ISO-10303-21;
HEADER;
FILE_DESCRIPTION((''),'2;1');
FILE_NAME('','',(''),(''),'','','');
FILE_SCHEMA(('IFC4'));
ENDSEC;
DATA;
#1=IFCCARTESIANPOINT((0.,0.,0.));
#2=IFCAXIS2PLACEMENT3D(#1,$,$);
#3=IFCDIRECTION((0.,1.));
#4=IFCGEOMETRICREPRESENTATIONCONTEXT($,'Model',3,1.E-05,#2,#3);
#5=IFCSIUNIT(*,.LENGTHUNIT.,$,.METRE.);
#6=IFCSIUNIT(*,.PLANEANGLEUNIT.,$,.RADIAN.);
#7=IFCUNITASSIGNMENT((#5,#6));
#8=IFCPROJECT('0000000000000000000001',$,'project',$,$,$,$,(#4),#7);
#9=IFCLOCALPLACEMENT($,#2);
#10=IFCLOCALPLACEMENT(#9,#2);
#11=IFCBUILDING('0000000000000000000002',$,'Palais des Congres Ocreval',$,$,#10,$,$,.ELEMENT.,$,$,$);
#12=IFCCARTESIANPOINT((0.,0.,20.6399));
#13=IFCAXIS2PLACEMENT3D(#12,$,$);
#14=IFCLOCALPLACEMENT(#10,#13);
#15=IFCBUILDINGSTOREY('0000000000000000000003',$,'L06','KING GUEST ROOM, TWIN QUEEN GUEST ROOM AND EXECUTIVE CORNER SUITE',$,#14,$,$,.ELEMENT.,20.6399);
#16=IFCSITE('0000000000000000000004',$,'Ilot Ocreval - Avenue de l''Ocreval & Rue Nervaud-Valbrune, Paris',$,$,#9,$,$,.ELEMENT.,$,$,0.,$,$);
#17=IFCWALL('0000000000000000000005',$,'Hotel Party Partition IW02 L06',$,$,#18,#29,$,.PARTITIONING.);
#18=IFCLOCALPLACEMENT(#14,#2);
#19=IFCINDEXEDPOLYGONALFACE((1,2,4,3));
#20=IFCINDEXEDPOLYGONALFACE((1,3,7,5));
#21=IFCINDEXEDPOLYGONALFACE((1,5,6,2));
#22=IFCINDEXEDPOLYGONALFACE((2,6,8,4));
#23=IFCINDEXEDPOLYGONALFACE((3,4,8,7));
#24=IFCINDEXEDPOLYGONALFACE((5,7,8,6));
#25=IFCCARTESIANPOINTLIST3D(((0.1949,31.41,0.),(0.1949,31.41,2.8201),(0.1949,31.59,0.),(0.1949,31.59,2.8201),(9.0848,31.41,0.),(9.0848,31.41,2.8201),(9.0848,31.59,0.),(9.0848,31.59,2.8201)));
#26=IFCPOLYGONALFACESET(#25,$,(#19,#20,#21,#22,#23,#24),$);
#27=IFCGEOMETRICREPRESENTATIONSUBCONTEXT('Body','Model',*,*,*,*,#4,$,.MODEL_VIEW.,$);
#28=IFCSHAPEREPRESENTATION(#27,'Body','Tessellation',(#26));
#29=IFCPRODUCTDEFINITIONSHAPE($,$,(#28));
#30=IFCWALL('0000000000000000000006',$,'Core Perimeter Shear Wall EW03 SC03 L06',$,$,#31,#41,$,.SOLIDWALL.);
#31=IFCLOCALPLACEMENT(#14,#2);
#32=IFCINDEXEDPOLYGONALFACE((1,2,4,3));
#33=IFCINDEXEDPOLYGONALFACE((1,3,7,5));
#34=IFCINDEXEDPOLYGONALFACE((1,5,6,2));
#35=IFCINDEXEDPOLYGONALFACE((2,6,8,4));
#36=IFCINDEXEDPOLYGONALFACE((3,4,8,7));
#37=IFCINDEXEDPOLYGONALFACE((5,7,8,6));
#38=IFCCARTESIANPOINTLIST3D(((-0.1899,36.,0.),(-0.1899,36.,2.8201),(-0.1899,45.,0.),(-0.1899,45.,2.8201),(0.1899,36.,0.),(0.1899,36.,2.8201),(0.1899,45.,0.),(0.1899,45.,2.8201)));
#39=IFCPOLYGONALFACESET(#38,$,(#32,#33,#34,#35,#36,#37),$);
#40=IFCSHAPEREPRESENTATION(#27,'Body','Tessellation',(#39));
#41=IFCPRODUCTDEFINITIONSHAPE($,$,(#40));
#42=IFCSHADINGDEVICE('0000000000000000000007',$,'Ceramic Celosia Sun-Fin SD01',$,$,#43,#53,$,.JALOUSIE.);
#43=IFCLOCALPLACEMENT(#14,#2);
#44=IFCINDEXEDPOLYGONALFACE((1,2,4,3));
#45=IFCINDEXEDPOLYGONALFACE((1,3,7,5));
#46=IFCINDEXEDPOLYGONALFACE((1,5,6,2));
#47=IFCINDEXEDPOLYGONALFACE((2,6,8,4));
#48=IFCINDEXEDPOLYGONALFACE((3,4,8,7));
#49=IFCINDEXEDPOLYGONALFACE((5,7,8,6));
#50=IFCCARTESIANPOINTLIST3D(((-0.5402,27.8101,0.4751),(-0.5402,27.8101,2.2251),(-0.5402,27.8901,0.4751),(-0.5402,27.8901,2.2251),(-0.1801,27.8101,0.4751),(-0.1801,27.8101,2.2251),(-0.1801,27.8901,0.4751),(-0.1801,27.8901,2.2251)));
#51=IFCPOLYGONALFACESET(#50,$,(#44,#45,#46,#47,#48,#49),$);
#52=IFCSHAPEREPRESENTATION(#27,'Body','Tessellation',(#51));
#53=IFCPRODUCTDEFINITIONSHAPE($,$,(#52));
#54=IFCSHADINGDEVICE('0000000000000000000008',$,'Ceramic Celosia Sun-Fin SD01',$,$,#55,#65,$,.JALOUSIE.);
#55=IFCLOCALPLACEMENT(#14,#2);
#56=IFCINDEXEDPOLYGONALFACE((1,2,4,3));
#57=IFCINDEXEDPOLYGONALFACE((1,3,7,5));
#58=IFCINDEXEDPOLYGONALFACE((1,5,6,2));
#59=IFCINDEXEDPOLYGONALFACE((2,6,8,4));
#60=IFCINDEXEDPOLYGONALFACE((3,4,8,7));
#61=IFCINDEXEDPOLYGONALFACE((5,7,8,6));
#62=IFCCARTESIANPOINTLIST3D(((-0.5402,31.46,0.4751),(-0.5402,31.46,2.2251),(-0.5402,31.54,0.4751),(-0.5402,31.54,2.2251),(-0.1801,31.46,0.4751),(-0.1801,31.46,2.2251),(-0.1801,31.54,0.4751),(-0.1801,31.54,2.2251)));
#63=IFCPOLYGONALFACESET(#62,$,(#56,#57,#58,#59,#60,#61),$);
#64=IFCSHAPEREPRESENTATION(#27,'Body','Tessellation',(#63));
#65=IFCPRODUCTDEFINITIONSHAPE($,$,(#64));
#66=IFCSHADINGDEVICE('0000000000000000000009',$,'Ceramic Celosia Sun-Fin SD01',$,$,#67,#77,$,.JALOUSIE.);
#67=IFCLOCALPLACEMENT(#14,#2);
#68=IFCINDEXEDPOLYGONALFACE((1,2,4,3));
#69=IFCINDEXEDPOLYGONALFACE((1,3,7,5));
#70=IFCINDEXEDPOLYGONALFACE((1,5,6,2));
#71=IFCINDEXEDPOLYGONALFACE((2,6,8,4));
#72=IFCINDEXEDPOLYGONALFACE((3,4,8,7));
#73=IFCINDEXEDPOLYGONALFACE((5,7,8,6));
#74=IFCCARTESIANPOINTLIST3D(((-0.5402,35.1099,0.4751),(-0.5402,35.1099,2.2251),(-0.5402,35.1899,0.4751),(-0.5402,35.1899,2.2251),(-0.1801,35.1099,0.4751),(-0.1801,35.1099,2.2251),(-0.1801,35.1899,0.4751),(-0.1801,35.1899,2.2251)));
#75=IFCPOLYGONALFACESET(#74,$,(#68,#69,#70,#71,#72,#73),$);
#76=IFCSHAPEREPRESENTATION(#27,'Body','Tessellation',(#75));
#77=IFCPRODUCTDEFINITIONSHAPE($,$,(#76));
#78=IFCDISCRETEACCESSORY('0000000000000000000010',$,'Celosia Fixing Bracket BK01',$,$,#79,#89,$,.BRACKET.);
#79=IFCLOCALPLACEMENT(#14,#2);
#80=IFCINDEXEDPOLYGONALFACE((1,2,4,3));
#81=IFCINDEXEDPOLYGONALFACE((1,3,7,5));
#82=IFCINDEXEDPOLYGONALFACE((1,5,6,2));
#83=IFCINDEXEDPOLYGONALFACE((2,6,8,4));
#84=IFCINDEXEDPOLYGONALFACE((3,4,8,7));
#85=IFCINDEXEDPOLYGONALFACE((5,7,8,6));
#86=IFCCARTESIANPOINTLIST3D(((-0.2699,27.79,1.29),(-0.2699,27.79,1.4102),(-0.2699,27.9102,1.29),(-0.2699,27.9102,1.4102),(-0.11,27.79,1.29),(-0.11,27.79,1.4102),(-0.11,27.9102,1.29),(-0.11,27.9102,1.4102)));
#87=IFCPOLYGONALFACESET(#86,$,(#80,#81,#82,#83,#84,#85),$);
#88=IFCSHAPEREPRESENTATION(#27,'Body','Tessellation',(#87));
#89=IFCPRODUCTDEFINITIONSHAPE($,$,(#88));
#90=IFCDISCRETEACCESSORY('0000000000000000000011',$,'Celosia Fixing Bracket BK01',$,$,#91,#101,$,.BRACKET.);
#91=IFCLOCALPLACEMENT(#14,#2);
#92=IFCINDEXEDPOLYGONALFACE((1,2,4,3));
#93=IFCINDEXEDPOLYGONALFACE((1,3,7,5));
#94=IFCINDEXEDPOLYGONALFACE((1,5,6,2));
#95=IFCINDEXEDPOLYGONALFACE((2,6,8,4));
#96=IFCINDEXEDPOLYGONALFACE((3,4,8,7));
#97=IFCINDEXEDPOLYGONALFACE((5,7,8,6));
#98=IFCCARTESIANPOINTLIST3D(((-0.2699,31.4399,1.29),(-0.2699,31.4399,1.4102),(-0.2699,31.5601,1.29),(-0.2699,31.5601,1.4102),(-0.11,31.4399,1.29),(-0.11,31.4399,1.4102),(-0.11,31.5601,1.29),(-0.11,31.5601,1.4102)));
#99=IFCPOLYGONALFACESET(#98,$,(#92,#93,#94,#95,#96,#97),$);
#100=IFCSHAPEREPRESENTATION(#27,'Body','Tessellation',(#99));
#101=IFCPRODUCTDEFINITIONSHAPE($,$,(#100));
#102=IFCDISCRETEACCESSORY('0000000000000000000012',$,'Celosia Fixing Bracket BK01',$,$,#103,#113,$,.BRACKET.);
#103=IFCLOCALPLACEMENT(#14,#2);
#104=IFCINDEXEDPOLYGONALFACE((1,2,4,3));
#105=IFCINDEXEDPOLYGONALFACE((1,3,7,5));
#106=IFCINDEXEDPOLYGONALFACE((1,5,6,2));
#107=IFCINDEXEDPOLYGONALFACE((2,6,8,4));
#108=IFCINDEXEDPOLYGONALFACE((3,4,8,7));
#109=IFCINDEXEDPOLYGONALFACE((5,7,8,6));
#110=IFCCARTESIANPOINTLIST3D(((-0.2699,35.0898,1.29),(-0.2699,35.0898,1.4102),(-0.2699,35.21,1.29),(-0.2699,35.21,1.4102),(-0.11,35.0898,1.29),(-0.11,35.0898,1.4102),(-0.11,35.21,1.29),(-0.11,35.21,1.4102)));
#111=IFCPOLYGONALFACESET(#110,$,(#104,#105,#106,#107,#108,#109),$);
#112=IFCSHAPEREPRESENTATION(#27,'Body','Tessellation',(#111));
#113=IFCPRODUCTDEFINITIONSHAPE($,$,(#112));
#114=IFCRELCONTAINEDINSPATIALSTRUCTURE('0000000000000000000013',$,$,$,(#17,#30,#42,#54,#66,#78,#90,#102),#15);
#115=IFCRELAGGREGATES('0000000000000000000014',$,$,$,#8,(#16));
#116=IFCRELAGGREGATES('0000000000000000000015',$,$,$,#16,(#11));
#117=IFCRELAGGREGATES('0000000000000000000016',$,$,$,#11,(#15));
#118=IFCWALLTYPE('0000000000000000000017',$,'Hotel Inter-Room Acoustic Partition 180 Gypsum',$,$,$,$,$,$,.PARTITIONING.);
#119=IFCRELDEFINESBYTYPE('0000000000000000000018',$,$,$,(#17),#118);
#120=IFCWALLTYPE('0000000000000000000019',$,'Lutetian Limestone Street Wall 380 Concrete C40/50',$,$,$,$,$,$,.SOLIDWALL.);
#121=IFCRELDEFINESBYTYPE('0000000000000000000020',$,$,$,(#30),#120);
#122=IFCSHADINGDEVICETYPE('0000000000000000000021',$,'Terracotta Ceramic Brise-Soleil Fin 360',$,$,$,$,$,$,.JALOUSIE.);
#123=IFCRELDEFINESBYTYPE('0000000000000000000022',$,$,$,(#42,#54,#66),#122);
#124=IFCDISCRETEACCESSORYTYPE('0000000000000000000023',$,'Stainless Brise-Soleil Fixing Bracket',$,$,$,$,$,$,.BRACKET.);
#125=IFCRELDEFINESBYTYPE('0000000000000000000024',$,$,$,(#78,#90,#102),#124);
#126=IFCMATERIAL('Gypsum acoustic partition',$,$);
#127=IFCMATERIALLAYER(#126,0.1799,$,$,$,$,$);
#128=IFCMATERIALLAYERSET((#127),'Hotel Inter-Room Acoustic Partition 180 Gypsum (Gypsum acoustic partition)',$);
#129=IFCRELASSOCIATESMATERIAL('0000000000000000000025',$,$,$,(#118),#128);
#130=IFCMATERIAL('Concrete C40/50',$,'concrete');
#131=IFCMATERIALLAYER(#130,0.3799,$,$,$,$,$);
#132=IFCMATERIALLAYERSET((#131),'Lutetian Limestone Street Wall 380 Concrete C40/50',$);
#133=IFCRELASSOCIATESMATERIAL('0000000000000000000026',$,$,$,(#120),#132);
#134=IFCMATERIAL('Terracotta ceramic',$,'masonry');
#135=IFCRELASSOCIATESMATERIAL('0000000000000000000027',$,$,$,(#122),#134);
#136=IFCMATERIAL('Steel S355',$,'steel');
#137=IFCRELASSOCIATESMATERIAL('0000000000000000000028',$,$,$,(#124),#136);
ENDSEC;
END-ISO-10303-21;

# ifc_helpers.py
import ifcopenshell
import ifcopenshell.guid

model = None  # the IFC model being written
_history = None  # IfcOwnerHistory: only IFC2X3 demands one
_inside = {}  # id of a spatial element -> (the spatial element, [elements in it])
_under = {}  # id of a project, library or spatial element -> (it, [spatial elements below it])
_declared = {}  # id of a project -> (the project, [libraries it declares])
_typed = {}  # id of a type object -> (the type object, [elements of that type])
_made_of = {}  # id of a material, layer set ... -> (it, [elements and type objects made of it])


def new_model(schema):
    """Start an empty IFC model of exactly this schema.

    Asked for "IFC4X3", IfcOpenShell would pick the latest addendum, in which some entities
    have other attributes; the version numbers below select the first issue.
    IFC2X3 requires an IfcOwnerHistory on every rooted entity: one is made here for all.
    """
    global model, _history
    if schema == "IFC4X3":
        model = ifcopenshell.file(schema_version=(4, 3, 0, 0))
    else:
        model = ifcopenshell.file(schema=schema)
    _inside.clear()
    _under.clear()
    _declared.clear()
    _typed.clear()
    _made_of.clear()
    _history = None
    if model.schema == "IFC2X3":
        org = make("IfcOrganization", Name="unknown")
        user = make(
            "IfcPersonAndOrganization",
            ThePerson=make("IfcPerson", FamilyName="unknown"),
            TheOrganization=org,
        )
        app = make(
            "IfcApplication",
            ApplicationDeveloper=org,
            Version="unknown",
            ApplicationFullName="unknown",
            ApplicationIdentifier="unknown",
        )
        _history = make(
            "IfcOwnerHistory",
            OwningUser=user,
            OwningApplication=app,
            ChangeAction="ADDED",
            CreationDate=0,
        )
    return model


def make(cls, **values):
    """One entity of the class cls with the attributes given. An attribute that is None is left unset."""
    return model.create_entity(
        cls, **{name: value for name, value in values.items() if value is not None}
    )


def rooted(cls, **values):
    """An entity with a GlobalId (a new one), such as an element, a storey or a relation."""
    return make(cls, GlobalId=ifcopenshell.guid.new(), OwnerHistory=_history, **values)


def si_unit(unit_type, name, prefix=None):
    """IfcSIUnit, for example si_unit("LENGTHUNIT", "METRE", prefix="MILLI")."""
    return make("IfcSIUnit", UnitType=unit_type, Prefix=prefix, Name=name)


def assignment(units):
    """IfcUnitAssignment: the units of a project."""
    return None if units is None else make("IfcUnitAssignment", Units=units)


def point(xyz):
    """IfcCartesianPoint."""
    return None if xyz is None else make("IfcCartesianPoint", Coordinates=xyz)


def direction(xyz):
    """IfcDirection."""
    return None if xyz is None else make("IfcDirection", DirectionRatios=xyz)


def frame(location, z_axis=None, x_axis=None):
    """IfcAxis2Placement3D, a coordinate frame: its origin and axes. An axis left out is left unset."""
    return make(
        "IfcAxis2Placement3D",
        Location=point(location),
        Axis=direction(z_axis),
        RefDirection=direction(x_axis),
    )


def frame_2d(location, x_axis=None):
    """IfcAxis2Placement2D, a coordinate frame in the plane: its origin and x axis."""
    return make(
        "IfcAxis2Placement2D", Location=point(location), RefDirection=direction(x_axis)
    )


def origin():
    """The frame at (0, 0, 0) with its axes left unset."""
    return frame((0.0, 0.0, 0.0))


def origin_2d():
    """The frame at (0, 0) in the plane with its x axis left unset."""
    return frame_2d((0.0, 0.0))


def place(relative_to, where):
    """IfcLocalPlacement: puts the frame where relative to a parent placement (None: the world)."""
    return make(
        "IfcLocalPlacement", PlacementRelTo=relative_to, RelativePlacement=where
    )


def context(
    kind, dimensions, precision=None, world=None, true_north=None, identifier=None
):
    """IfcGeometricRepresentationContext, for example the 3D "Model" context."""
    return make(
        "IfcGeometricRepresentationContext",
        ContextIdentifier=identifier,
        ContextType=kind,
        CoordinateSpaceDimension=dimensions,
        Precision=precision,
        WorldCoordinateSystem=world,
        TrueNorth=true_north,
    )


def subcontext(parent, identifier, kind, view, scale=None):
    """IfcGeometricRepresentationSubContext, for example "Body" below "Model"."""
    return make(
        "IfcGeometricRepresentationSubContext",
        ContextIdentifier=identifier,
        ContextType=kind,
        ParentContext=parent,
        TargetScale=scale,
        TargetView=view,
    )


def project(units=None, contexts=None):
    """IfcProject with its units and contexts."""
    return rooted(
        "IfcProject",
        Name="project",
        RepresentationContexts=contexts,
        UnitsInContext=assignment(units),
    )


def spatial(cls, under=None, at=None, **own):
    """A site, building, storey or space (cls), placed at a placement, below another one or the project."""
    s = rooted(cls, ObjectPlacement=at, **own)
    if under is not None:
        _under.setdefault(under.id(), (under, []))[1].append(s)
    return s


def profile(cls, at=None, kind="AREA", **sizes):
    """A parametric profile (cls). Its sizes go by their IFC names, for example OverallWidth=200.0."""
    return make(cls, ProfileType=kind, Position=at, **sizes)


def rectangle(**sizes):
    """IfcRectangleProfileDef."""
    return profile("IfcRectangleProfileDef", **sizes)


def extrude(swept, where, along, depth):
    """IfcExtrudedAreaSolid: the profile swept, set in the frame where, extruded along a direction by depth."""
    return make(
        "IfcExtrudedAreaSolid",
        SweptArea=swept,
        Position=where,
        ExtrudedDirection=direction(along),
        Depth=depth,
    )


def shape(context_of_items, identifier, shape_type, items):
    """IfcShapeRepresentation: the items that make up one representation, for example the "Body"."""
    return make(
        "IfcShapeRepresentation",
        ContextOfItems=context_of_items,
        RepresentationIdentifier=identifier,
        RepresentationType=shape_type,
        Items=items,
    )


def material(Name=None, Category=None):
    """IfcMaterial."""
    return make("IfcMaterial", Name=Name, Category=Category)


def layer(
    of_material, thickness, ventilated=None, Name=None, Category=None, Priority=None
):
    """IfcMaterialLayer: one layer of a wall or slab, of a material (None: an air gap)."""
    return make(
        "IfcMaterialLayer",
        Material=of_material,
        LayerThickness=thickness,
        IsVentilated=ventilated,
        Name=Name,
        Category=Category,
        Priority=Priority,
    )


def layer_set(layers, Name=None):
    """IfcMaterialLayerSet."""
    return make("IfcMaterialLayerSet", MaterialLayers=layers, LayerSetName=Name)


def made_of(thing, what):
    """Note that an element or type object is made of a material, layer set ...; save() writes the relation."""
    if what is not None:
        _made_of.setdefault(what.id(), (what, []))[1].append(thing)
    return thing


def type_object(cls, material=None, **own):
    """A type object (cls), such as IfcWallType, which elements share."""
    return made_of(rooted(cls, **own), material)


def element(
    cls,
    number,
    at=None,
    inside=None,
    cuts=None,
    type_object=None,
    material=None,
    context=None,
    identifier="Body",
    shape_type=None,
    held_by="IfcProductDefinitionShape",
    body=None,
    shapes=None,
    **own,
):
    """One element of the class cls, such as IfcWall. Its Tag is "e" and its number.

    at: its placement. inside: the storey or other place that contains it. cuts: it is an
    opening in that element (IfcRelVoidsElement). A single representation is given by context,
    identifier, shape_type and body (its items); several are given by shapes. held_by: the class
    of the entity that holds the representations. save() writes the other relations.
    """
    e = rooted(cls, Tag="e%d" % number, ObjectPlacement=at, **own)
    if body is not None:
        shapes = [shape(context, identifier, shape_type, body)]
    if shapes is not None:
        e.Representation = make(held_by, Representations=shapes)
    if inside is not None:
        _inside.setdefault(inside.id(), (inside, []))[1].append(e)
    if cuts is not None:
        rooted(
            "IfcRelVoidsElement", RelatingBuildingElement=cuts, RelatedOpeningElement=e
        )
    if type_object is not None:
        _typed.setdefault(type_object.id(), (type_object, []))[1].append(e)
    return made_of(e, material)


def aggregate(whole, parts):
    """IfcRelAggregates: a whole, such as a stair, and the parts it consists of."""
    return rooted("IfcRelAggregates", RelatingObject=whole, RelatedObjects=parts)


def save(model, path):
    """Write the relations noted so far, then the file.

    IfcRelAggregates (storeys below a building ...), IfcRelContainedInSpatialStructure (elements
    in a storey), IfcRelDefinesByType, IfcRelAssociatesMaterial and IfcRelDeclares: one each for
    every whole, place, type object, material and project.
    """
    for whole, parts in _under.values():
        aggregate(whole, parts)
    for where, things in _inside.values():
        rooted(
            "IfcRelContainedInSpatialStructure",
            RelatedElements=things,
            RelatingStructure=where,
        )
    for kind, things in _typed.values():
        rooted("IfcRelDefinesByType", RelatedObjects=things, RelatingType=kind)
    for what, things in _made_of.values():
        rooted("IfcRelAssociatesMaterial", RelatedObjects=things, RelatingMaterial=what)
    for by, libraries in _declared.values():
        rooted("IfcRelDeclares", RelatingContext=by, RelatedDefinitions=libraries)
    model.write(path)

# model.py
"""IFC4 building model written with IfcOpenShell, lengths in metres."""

from ifc_helpers import new_model, si_unit, direction, frame, frame_2d, origin, origin_2d, place, context, subcontext, project, spatial, rectangle, extrude, material, layer, layer_set, type_object, element, save


model = new_model("IFC4")

# Units and contexts
model_context = context("Model", 3, precision=1e-05, world=origin(), true_north=direction((0.0, 1.0)))
body_context = subcontext(model_context, "Body", "Model", "MODEL_VIEW")
ifc_project = project(units=[si_unit("LENGTHUNIT", "METRE"), si_unit("PLANEANGLEUNIT", "RADIAN")], contexts=[model_context])

# Site, building, storey
site_placement = place(None, origin())
site = spatial("IfcSite", under=ifc_project, at=site_placement, Name="Ilot Ocreval - Avenue de l'Ocreval & Rue Nervaud-Valbrune, Paris", CompositionType="ELEMENT", RefElevation=0.0)
building_placement = place(site_placement, origin())
building = spatial("IfcBuilding", under=site, at=building_placement, Name="Palais des Congres Ocreval", CompositionType="ELEMENT")
storey_placement = place(building_placement, frame((0.0, 0.0, 20.6399)))
storey = spatial("IfcBuildingStorey", under=building, at=storey_placement, Name="L06", Description="KING GUEST ROOM, TWIN QUEEN GUEST ROOM AND EXECUTIVE CORNER SUITE", CompositionType="ELEMENT", Elevation=20.6399)

# Shared definitions
ifc_material_1 = material(Name="Steel S355", Category="steel")
ifc_material_2 = material(Name="Concrete C40/50", Category="concrete")

# Walls
ifc_material_3 = material(Name="Gypsum acoustic partition")
ifc_layer_1 = layer(ifc_material_3, 0.1799)
ifc_layer_set_1 = layer_set([ifc_layer_1], Name="Hotel Inter-Room Acoustic Partition 180 Gypsum (Gypsum acoustic partition)")
wall_type_1 = type_object("IfcWallType", Name="Hotel Inter-Room Acoustic Partition 180 Gypsum", PredefinedType="PARTITIONING", material=ifc_layer_set_1)
wall_1_placement = place(storey_placement, frame((0.1951, 31.5, 0.0), z_axis=(0.0, 0.0, 1.0), x_axis=(1.0, 0.0, 0.0)))
element("IfcWall", 1, at=wall_1_placement, inside=storey, type_object=wall_type_1, Name="Hotel Party Partition IW02 L06", PredefinedType="PARTITIONING", context=body_context, shape_type="SweptSolid", body=[
    extrude(rectangle(XDim=8.8899, YDim=0.1799, at=frame_2d((4.4448, 0.0))), origin(), (0.0, 0.0, 1.0), 2.8201),
])
ifc_layer_2 = layer(ifc_material_2, 0.3799)
ifc_layer_set_2 = layer_set([ifc_layer_2], Name="Lutetian Limestone Street Wall 380 Concrete C40/50")
wall_type_2 = type_object("IfcWallType", Name="Lutetian Limestone Street Wall 380 Concrete C40/50", PredefinedType="SOLIDWALL", material=ifc_layer_set_2)
wall_2_placement = place(storey_placement, frame((0.0, 36.0, 0.0), z_axis=(0.0, 0.0, 1.0), x_axis=(0.0, 1.0, 0.0)))
element("IfcWall", 2, at=wall_2_placement, inside=storey, type_object=wall_type_2, Name="Core Perimeter Shear Wall EW03 SC03 L06", PredefinedType="SOLIDWALL", context=body_context, shape_type="SweptSolid", body=[
    extrude(rectangle(XDim=9.0, YDim=0.3799, at=frame_2d((4.5, 0.0))), origin(), (0.0, 0.0, 1.0), 2.8201),
])

# Shading devices
ifc_material_4 = material(Name="Terracotta ceramic", Category="masonry")
shading_device_type = type_object("IfcShadingDeviceType", Name="Terracotta Ceramic Brise-Soleil Fin 360", PredefinedType="JALOUSIE", material=ifc_material_4)
for number, where, z_axis, x_axis, name in (
    (3, (-0.3601, 27.8501, 0.4751), (0.0, 0.0, 1.0), (-1.0, 0.0, 0.0), "Ceramic Celosia Sun-Fin SD01"),
    (4, (-0.3601, 31.5, 0.4751), (0.0, 0.0, 1.0), (-1.0, 0.0, 0.0), "Ceramic Celosia Sun-Fin SD01"),
    (5, (-0.3601, 35.1499, 0.4751), (0.0, 0.0, 1.0), (-1.0, 0.0, 0.0), "Ceramic Celosia Sun-Fin SD01"),
):
    element("IfcShadingDevice", number, at=place(storey_placement, frame(where, z_axis=z_axis, x_axis=x_axis)), inside=storey, type_object=shading_device_type, Name=name, PredefinedType="JALOUSIE", context=body_context, shape_type="SweptSolid", body=[
        extrude(rectangle(XDim=0.3601, YDim=0.0801, at=origin_2d()), origin(), (0.0, 0.0, 1.0), 1.75),
    ])

# Discrete accessories
discrete_accessory_type = type_object("IfcDiscreteAccessoryType", Name="Stainless Brise-Soleil Fixing Bracket", PredefinedType="BRACKET", material=ifc_material_1)
for number, where, z_axis, x_axis, name in (
    (6, (-0.1899, 27.8501, 1.29), (0.0, 0.0, 1.0), (-1.0, 0.0, 0.0), "Celosia Fixing Bracket BK01"),
    (7, (-0.1899, 31.5, 1.29), (0.0, 0.0, 1.0), (-1.0, 0.0, 0.0), "Celosia Fixing Bracket BK01"),
    (8, (-0.1899, 35.1499, 1.29), (0.0, 0.0, 1.0), (-1.0, 0.0, 0.0), "Celosia Fixing Bracket BK01"),
):
    element("IfcDiscreteAccessory", number, at=place(storey_placement, frame(where, z_axis=z_axis, x_axis=x_axis)), inside=storey, type_object=discrete_accessory_type, Name=name, PredefinedType="BRACKET", context=body_context, shape_type="SweptSolid", body=[
        extrude(rectangle(XDim=0.1599, YDim=0.1201, at=origin_2d()), origin(), (0.0, 0.0, 1.0), 0.1201),
    ])

save(model, "model.ifc")
